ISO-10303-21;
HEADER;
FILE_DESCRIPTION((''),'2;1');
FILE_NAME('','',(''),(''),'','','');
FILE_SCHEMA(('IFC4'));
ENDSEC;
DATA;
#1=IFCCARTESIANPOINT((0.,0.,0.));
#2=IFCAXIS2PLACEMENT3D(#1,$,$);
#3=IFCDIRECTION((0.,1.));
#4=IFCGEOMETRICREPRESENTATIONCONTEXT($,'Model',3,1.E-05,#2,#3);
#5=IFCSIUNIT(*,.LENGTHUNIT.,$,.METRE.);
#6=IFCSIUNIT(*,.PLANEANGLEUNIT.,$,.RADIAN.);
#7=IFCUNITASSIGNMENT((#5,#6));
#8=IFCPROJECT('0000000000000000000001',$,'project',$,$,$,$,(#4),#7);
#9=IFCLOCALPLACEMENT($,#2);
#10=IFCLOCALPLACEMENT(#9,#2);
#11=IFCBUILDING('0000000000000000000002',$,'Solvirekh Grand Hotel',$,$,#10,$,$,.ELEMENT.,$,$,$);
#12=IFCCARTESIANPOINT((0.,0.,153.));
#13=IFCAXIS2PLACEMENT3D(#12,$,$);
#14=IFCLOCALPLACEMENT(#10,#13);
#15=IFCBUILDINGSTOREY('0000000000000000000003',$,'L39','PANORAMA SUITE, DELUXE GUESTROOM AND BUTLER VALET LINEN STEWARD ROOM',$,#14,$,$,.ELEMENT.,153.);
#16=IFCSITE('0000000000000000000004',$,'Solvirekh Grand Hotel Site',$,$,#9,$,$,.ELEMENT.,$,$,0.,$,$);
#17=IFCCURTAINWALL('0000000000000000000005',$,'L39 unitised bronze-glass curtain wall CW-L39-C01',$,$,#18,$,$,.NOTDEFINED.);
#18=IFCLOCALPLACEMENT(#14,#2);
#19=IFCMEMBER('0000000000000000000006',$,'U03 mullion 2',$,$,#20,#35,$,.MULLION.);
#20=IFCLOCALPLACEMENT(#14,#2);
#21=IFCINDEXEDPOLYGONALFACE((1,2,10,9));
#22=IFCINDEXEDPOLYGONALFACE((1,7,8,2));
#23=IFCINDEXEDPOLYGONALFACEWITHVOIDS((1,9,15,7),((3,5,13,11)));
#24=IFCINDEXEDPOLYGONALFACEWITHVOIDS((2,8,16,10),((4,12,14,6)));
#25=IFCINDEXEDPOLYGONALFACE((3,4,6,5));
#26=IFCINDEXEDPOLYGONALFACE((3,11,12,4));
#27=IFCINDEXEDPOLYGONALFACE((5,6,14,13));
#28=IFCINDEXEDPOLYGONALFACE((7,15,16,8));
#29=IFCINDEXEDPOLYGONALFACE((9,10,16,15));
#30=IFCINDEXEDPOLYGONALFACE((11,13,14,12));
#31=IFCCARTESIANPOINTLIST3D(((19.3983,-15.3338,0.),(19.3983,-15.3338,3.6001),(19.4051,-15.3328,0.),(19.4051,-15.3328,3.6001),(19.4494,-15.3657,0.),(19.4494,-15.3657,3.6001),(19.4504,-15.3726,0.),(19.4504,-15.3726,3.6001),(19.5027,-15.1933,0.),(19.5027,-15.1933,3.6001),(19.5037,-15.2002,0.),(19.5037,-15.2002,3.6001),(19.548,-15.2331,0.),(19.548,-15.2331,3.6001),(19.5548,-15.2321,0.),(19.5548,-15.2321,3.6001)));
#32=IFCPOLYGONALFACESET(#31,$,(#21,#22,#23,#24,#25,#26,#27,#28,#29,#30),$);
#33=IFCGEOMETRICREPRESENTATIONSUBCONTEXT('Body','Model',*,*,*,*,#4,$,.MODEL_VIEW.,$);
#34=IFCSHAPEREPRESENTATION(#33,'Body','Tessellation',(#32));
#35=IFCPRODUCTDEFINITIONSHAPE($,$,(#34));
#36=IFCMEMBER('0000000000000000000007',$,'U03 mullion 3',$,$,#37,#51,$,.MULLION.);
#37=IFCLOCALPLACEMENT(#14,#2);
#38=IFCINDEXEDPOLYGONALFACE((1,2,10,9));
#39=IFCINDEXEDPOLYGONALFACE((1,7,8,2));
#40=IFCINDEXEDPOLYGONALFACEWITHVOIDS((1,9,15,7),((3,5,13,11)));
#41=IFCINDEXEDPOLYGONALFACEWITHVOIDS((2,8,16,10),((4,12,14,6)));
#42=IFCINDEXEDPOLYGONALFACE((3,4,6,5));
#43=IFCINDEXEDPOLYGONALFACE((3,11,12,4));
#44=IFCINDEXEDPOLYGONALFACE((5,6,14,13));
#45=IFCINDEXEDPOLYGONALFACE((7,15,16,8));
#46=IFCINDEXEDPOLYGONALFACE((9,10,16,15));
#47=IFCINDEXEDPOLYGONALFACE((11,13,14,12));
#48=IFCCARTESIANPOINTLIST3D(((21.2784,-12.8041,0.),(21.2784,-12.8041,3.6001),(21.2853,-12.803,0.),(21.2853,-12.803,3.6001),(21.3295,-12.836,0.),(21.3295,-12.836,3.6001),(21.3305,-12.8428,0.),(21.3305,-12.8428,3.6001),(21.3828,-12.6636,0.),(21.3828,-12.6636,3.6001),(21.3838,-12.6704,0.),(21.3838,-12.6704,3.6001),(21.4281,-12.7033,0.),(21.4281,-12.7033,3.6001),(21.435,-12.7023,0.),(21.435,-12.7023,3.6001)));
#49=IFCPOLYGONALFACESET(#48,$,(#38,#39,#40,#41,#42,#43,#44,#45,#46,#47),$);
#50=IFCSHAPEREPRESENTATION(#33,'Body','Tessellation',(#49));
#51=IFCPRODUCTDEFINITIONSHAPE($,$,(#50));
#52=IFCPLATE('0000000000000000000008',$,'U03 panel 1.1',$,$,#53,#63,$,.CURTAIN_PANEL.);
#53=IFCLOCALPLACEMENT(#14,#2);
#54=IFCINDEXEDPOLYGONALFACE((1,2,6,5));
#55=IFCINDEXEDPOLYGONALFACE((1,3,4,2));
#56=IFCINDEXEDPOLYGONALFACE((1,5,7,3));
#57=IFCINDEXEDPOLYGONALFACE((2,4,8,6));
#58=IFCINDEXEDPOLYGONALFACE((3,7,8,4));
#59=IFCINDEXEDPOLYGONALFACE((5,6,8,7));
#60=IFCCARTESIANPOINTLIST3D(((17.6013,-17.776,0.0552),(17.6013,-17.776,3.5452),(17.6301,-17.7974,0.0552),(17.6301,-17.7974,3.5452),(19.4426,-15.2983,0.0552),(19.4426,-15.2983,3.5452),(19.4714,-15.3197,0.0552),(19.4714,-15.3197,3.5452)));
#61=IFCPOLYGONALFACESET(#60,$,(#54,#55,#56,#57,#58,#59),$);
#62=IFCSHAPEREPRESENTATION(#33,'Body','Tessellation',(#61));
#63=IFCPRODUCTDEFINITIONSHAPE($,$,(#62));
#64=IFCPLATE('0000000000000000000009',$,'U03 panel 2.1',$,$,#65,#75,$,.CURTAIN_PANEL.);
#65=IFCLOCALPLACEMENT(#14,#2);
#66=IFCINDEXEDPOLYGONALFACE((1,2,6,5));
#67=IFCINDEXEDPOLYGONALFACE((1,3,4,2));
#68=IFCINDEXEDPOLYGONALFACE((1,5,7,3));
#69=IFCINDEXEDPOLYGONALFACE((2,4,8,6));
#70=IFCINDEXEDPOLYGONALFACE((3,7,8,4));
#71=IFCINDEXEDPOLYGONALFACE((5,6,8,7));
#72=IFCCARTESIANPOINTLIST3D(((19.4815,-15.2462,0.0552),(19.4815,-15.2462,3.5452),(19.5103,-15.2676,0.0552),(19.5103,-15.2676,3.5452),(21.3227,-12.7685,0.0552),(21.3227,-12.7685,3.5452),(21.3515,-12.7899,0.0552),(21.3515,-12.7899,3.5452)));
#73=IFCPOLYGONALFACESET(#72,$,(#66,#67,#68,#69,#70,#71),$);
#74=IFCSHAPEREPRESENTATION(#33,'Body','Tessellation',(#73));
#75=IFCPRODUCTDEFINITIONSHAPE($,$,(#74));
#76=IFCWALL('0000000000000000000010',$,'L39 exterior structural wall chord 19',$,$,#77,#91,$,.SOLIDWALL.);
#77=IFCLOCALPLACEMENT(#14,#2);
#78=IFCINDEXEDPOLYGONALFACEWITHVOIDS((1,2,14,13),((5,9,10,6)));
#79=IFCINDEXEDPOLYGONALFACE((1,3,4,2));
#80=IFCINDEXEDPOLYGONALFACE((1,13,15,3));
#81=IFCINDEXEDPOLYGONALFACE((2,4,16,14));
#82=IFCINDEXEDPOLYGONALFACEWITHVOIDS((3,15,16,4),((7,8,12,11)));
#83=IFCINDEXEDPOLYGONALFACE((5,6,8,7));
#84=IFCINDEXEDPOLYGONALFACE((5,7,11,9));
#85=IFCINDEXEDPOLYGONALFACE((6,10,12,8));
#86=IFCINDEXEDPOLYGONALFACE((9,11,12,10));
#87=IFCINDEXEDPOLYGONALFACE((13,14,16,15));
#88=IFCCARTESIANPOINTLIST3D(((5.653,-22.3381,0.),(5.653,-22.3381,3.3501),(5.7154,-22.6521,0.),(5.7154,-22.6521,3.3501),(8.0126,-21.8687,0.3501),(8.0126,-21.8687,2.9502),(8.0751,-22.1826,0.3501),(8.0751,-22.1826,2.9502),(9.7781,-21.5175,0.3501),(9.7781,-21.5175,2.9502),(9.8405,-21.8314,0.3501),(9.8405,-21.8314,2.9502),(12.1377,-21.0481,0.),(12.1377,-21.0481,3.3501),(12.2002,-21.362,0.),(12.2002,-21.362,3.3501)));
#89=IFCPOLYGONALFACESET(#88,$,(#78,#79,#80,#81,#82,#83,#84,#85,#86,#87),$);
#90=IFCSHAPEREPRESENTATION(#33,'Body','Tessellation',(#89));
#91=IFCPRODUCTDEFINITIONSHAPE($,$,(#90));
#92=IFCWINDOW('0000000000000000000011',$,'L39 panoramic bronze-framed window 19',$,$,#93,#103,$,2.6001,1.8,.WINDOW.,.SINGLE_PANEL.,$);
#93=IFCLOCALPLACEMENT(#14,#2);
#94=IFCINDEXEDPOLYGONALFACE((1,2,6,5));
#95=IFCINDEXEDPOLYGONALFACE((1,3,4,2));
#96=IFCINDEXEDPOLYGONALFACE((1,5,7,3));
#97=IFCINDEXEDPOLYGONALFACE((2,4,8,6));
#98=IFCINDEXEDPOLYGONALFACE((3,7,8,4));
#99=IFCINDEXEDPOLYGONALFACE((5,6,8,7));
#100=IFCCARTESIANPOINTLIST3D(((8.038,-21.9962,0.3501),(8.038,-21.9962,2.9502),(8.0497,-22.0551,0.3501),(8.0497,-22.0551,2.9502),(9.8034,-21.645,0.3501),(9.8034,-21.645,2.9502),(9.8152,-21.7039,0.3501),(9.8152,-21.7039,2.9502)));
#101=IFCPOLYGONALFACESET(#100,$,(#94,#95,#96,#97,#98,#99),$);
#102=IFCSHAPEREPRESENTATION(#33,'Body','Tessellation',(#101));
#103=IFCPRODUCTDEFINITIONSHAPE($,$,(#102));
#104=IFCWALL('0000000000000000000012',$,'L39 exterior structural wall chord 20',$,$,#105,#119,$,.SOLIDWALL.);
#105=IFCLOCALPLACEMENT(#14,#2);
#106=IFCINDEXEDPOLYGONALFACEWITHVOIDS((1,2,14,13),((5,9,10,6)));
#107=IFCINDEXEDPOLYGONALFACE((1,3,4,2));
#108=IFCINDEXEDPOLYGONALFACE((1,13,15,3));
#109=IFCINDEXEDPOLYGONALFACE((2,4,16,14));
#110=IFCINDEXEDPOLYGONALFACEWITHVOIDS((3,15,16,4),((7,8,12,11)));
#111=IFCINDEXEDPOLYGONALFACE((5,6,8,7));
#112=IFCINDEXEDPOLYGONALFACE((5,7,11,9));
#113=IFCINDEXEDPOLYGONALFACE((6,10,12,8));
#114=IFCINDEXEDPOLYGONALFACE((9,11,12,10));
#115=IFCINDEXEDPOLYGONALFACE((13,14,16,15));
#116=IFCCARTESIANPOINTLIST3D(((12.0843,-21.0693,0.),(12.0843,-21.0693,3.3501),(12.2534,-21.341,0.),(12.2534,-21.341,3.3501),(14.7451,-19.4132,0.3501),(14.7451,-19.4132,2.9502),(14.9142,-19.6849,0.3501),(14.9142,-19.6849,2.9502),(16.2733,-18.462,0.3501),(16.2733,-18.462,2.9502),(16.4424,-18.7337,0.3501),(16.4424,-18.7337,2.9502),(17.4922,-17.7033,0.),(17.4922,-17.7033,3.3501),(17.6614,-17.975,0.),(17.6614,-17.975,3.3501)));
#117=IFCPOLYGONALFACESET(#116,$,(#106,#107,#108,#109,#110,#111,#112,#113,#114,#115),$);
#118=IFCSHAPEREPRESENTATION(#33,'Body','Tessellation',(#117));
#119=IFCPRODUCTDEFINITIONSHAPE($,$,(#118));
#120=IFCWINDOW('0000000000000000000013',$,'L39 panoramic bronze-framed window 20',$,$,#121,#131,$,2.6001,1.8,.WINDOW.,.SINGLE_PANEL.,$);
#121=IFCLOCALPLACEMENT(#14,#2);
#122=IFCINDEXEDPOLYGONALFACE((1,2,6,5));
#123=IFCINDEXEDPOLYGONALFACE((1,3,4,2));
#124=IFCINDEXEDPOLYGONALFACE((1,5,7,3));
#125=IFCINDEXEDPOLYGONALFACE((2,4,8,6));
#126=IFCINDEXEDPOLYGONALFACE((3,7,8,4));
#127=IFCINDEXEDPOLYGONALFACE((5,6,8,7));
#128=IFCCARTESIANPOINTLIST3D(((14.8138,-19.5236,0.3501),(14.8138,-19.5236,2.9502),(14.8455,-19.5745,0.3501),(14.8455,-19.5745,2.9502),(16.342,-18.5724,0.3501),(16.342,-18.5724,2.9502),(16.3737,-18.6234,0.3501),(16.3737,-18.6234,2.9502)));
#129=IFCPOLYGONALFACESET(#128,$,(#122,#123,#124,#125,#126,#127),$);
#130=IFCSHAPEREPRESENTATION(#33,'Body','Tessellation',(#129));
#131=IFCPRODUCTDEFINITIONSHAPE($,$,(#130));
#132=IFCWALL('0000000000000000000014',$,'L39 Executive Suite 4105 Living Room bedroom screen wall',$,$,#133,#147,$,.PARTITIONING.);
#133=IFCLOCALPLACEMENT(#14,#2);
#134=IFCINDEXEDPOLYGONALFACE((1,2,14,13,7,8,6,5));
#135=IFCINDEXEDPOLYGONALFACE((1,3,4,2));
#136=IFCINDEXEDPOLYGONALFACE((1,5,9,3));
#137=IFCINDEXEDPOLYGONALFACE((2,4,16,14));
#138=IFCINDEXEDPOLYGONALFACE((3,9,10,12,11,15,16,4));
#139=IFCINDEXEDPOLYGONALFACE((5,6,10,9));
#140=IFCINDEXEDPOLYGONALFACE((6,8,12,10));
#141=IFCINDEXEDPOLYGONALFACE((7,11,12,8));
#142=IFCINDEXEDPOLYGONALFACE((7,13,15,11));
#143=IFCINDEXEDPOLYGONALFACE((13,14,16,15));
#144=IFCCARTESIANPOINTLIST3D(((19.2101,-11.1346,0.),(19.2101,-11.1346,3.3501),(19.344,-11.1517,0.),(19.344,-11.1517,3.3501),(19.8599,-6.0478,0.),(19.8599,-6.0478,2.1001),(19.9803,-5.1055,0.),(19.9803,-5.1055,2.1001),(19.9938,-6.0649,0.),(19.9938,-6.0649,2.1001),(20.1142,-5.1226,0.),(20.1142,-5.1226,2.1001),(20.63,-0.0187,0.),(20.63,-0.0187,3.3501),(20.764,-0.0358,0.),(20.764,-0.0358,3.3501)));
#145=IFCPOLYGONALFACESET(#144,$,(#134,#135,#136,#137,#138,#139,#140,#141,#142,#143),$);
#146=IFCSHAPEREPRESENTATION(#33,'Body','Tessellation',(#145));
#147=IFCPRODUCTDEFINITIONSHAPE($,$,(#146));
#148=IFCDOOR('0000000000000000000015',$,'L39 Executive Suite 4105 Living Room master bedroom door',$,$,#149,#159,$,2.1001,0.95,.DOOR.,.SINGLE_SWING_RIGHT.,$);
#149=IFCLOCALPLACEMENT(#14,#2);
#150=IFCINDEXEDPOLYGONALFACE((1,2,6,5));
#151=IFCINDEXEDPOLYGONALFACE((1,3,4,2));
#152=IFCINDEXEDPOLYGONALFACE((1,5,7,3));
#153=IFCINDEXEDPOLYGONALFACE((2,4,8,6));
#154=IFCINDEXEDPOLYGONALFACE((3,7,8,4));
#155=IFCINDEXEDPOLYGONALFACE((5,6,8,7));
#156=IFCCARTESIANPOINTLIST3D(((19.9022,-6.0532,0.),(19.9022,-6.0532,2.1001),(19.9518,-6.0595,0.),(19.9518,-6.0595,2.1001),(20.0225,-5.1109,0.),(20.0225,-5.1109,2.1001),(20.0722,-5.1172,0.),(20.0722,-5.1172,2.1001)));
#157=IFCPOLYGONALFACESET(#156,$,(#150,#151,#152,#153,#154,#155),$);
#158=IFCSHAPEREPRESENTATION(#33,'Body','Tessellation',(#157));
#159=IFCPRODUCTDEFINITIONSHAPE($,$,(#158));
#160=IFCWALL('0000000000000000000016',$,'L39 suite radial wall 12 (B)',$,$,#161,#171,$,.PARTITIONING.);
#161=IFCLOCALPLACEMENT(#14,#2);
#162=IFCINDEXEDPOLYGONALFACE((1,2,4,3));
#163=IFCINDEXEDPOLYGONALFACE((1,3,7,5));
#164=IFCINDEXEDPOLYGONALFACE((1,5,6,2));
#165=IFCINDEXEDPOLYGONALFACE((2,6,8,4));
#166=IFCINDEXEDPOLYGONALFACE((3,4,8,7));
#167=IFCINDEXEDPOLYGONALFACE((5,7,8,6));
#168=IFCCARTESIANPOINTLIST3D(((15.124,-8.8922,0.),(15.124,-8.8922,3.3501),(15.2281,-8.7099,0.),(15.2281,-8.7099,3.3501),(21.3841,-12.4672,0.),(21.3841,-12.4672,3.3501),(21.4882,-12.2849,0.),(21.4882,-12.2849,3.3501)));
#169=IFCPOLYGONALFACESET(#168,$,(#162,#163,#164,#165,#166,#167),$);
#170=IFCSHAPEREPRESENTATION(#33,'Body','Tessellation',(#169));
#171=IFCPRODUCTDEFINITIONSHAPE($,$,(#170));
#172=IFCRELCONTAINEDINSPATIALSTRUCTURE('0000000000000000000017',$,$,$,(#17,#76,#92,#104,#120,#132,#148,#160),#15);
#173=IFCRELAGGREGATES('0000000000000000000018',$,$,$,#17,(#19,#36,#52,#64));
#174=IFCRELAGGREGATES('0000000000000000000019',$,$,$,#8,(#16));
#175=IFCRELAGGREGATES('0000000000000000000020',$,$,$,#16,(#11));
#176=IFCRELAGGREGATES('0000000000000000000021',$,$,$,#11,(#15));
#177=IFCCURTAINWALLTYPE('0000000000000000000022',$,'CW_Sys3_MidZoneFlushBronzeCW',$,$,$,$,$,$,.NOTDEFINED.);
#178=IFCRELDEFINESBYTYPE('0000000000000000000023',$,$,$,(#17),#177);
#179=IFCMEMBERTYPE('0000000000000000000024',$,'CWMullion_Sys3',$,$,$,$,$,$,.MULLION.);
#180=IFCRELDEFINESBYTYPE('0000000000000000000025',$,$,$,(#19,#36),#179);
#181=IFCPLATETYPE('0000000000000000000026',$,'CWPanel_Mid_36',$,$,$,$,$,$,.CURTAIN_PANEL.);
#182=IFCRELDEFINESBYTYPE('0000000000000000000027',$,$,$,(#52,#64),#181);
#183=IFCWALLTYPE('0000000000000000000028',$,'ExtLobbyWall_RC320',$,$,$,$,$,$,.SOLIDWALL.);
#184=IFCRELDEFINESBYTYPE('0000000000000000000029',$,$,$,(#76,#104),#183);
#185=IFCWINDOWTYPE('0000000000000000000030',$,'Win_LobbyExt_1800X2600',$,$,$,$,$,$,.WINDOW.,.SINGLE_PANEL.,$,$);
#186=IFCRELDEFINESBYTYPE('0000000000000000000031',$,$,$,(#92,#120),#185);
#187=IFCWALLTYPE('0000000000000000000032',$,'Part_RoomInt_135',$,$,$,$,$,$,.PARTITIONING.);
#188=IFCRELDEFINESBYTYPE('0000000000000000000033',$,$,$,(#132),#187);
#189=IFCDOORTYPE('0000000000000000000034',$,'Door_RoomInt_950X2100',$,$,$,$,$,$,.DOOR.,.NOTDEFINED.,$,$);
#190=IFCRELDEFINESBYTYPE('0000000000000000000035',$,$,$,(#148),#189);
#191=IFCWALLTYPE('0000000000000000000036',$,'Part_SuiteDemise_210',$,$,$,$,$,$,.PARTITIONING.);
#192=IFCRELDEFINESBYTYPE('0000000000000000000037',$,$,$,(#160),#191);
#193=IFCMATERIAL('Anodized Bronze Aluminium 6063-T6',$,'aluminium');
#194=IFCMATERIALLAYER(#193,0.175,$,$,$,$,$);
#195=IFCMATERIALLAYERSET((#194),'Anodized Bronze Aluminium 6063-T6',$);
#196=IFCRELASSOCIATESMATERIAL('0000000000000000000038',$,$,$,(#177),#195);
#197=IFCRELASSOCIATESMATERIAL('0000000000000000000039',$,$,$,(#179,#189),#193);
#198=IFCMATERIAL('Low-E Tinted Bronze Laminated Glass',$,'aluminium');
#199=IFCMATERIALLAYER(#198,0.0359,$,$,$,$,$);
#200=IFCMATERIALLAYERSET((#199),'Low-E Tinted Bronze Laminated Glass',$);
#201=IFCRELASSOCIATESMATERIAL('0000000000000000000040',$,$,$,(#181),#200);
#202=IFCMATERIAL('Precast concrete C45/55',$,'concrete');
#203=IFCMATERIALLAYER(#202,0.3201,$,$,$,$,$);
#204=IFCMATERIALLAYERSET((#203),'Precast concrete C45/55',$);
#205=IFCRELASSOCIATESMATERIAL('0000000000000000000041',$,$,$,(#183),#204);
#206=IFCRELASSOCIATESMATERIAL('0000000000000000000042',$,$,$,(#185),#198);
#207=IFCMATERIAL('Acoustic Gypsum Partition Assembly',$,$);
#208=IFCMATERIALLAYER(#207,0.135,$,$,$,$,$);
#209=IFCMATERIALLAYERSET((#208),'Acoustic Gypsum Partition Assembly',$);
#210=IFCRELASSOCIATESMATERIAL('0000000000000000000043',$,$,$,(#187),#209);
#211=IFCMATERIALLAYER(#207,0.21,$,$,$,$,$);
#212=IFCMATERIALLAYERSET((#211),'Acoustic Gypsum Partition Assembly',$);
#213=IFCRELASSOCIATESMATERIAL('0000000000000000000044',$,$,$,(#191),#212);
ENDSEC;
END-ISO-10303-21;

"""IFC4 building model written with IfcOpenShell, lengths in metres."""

from ifc_helpers import new_model, si_unit, direction, frame, frame_2d, origin, origin_2d, place, context, subcontext, project, spatial, rectangle, hollow_rectangle, extrude, source, transform, mapped, material, layer, layer_set, material_profile, profile_set, type_object, element, fill, aggregate, save


model = new_model("IFC4")

# Units and contexts
model_context = context("Model", 3, precision=1e-05, world=origin(), true_north=direction((0.0, 1.0)))
body_context = subcontext(model_context, "Body", "Model", "MODEL_VIEW")
ifc_project = project(units=[si_unit("LENGTHUNIT", "METRE"), si_unit("PLANEANGLEUNIT", "RADIAN")], contexts=[model_context])

# Site, building, storey
site_placement = place(None, origin())
site = spatial("IfcSite", under=ifc_project, at=site_placement, Name="Solvirekh Grand Hotel Site", CompositionType="ELEMENT", RefElevation=0.0)
building_placement = place(site_placement, origin())
building = spatial("IfcBuilding", under=site, at=building_placement, Name="Solvirekh Grand Hotel", CompositionType="ELEMENT")
storey_placement = place(building_placement, frame((0.0, 0.0, 153.0)))
storey = spatial("IfcBuildingStorey", under=building, at=storey_placement, Name="L39", Description="PANORAMA SUITE, DELUXE GUESTROOM AND BUTLER VALET LINEN STEWARD ROOM", CompositionType="ELEMENT", Elevation=153.0)

# Curtain wall, members, plates
ifc_material_1 = material(Name="Anodized Bronze Aluminium 6063-T6", Category="aluminium")
ifc_layer_1 = layer(ifc_material_1, 0.175)
ifc_layer_set_1 = layer_set([ifc_layer_1], Name="Anodized Bronze Aluminium 6063-T6")
curtain_wall_type = type_object("IfcCurtainWallType", Name="CW_Sys3_MidZoneFlushBronzeCW", PredefinedType="NOTDEFINED", material=ifc_layer_set_1)
curtain_wall_placement = place(storey_placement, origin())
curtain_wall = element("IfcCurtainWall", 1, at=curtain_wall_placement, inside=storey, type_object=curtain_wall_type, Name="L39 unitised bronze-glass curtain wall CW-L39-C01", PredefinedType="NOTDEFINED")
ifc_material_profile_1 = material_profile(ifc_material_1, hollow_rectangle(XDim=0.0649, YDim=0.175, WallThickness=0.0049, at=origin_2d()), Name="ALU RHS 175X65X5")
ifc_profile_set_1 = profile_set([ifc_material_profile_1], Name="Anodized Bronze Aluminium 6063-T6")
member_type_1 = type_object("IfcMemberType", Name="CWMullion_Sys3", PredefinedType="MULLION", material=ifc_profile_set_1)
shared_shape_1 = source(origin(), body_context, "Body", "SweptSolid", [
    extrude(hollow_rectangle(XDim=0.0649, YDim=0.175, WallThickness=0.0049, at=origin_2d()), origin(), (0.0, 0.0, 1.0), 3.6001),
])
member_1_placement = place(storey_placement, frame((19.4766, -15.283, 0.0), z_axis=(0.0, 0.0, 1.0), x_axis=(-0.80263, 0.596477, 0.0)))
member_1 = element("IfcMember", 2, at=member_1_placement, type_object=member_type_1, Name="U03 mullion 2", PredefinedType="MULLION", context=body_context, shape_type="MappedRepresentation", body=[
    mapped(shared_shape_1, transform((0.0, 0.0, 0.0), x_axis=(1.0, 0.0, 0.0), y_axis=(0.0, 1.0, 0.0), z_axis=(0.0, 0.0, 1.0), scale=1.0)),
])
member_2_placement = place(storey_placement, frame((21.3567, -12.7532, 0.0), z_axis=(0.0, 0.0, 1.0), x_axis=(-0.80263, 0.596477, 0.0)))
member_2 = element("IfcMember", 3, at=member_2_placement, type_object=member_type_1, Name="U03 mullion 3", PredefinedType="MULLION", context=body_context, shape_type="MappedRepresentation", body=[
    mapped(shared_shape_1, transform((0.0, 0.0, 0.0), x_axis=(1.0, 0.0, 0.0), y_axis=(0.0, 1.0, 0.0), z_axis=(0.0, 0.0, 1.0), scale=1.0)),
])
ifc_material_2 = material(Name="Low-E Tinted Bronze Laminated Glass", Category="aluminium")
ifc_layer_2 = layer(ifc_material_2, 0.0359)
ifc_layer_set_2 = layer_set([ifc_layer_2], Name="Low-E Tinted Bronze Laminated Glass")
plate_type = type_object("IfcPlateType", Name="CWPanel_Mid_36", PredefinedType="CURTAIN_PANEL", material=ifc_layer_set_2)
shared_shape_2 = source(origin(), body_context, "Body", "SweptSolid", [
    extrude(rectangle(XDim=3.0869, YDim=0.0359, at=origin_2d()), origin(), (0.0, 0.0, 1.0), 3.49),
])
plate_1_placement = place(storey_placement, frame((18.5364, -16.5479, 0.0552), z_axis=(0.0, 0.0, 1.0), x_axis=(0.596477, 0.80263, 0.0)))
plate_1 = element("IfcPlate", 4, at=plate_1_placement, type_object=plate_type, Name="U03 panel 1.1", PredefinedType="CURTAIN_PANEL", context=body_context, shape_type="MappedRepresentation", body=[
    mapped(shared_shape_2, transform((0.0, 0.0, 0.0), x_axis=(1.0, 0.0, 0.0), y_axis=(0.0, 1.0, 0.0), z_axis=(0.0, 0.0, 1.0), scale=1.0)),
])
plate_2_placement = place(storey_placement, frame((20.4165, -14.0181, 0.0552), z_axis=(0.0, 0.0, 1.0), x_axis=(0.596477, 0.80263, 0.0)))
plate_2 = element("IfcPlate", 5, at=plate_2_placement, type_object=plate_type, Name="U03 panel 2.1", PredefinedType="CURTAIN_PANEL", context=body_context, shape_type="MappedRepresentation", body=[
    mapped(shared_shape_2, transform((0.0, 0.0, 0.0), x_axis=(1.0, 0.0, 0.0), y_axis=(0.0, 1.0, 0.0), z_axis=(0.0, 0.0, 1.0), scale=1.0)),
])
aggregate(curtain_wall, [member_1, member_2, plate_1, plate_2])

# Walls, openings, windows
ifc_material_3 = material(Name="Precast concrete C45/55", Category="concrete")
ifc_layer_3 = layer(ifc_material_3, 0.3201)
ifc_layer_set_3 = layer_set([ifc_layer_3], Name="Precast concrete C45/55")
wall_type_1 = type_object("IfcWallType", Name="ExtLobbyWall_RC320", PredefinedType="SOLIDWALL", material=ifc_layer_set_3)
wall_1_placement = place(storey_placement, frame((12.1689, -21.2051, 0.0), z_axis=(0.0, 0.0, 1.0), x_axis=(-0.980782, -0.195108, 0.0)))
wall_1 = element("IfcWall", 6, at=wall_1_placement, inside=storey, type_object=wall_type_1, Name="L39 exterior structural wall chord 19", PredefinedType="SOLIDWALL", context=body_context, shape_type="SweptSolid", body=[
    extrude(rectangle(XDim=6.6118, YDim=0.3201, at=frame_2d((3.3059, 0.0))), origin(), (0.0, 0.0, 1.0), 3.3501),
])
opening_1_placement = place(wall_1_placement, frame((2.406, 0.0, 0.3501)))
opening_1 = element("IfcOpeningElement", 7, at=opening_1_placement, cuts=wall_1, PredefinedType="OPENING", context=body_context, shape_type="SweptSolid", body=[
    extrude(rectangle(XDim=1.8, YDim=2.6001, at=frame_2d((0.8999, 1.3))), frame((0.0, 0.1699, 0.0), z_axis=(0.0, -1.0, 0.0), x_axis=(1.0, 0.0, 0.0)), (0.0, 0.0, 1.0), 0.3401),
])
window_type = type_object("IfcWindowType", Name="Win_LobbyExt_1800X2600", PartitioningType="SINGLE_PANEL", PredefinedType="WINDOW", material=ifc_material_2)
window_1_placement = place(opening_1_placement, origin())
window_1 = element("IfcWindow", 8, at=window_1_placement, inside=storey, type_object=window_type, Name="L39 panoramic bronze-framed window 19", OverallHeight=2.6001, OverallWidth=1.8, PartitioningType="SINGLE_PANEL", PredefinedType="WINDOW", context=body_context, shape_type="SweptSolid", body=[
    extrude(rectangle(XDim=1.8, YDim=2.6001, at=frame_2d((0.8999, 1.3))), frame((0.0, 0.03, 0.0), z_axis=(0.0, -1.0, 0.0), x_axis=(1.0, 0.0, 0.0)), (0.0, 0.0, 1.0), 0.0601),
])
fill(opening_1, window_1)
wall_2_placement = place(storey_placement, frame((17.5769, -17.8391, 0.0), z_axis=(0.0, 0.0, 1.0), x_axis=(-0.848985, -0.528417, 0.0)))
wall_2 = element("IfcWall", 9, at=wall_2_placement, inside=storey, type_object=wall_type_1, Name="L39 exterior structural wall chord 20", PredefinedType="SOLIDWALL", context=body_context, shape_type="SweptSolid", body=[
    extrude(rectangle(XDim=6.3699, YDim=0.3201, at=frame_2d((3.1851, 0.0))), origin(), (0.0, 0.0, 1.0), 3.3501),
])
opening_2_placement = place(wall_2_placement, frame((1.436, 0.0, 0.3501)))
opening_2 = element("IfcOpeningElement", 10, at=opening_2_placement, cuts=wall_2, PredefinedType="OPENING", context=body_context, shape_type="SweptSolid", body=[
    extrude(rectangle(XDim=1.8, YDim=2.6001, at=frame_2d((0.8999, 1.3))), frame((0.0, 0.1699, 0.0), z_axis=(0.0, -1.0, 0.0), x_axis=(1.0, 0.0, 0.0)), (0.0, 0.0, 1.0), 0.3401),
])
window_2_placement = place(opening_2_placement, origin())
window_2 = element("IfcWindow", 11, at=window_2_placement, inside=storey, type_object=window_type, Name="L39 panoramic bronze-framed window 20", OverallHeight=2.6001, OverallWidth=1.8, PartitioningType="SINGLE_PANEL", PredefinedType="WINDOW", context=body_context, shape_type="SweptSolid", body=[
    extrude(rectangle(XDim=1.8, YDim=2.6001, at=frame_2d((0.8999, 1.3))), frame((0.0, 0.03, 0.0), z_axis=(0.0, -1.0, 0.0), x_axis=(1.0, 0.0, 0.0)), (0.0, 0.0, 1.0), 0.0601),
])
fill(opening_2, window_2)

# Wall, opening, door
ifc_material_4 = material(Name="Acoustic Gypsum Partition Assembly")
ifc_layer_4 = layer(ifc_material_4, 0.135)
ifc_layer_set_4 = layer_set([ifc_layer_4], Name="Acoustic Gypsum Partition Assembly")
wall_type_2 = type_object("IfcWallType", Name="Part_RoomInt_135", PredefinedType="PARTITIONING", material=ifc_layer_set_4)
wall_3_placement = place(storey_placement, frame((19.2771, -11.1431, 0.0), z_axis=(0.0, 0.0, 1.0), x_axis=(0.126708, 0.99194, 0.0)))
wall_3 = element("IfcWall", 12, at=wall_3_placement, inside=storey, type_object=wall_type_2, Name="L39 Executive Suite 4105 Living Room bedroom screen wall", PredefinedType="PARTITIONING", context=body_context, shape_type="SweptSolid", body=[
    extrude(rectangle(XDim=11.2063, YDim=0.135, at=frame_2d((5.603, 0.0))), origin(), (0.0, 0.0, 1.0), 3.3501),
])
opening_3_placement = place(wall_3_placement, frame((5.1279, 0.0, 0.0)))
opening_3 = element("IfcOpeningElement", 13, at=opening_3_placement, cuts=wall_3, PredefinedType="OPENING", context=body_context, shape_type="SweptSolid", body=[
    extrude(rectangle(XDim=0.95, YDim=2.1001, at=frame_2d((0.4751, 1.05))), frame((0.0, 0.0776, 0.0), z_axis=(0.0, -1.0, 0.0), x_axis=(1.0, 0.0, 0.0)), (0.0, 0.0, 1.0), 0.155),
])
door_type = type_object("IfcDoorType", Name="Door_RoomInt_950X2100", OperationType="NOTDEFINED", PredefinedType="DOOR", material=ifc_material_1)
door_placement = place(opening_3_placement, origin())
door = element("IfcDoor", 14, at=door_placement, inside=storey, type_object=door_type, Name="L39 Executive Suite 4105 Living Room master bedroom door", OperationType="SINGLE_SWING_RIGHT", OverallHeight=2.1001, OverallWidth=0.95, PredefinedType="DOOR", context=body_context, shape_type="SweptSolid", body=[
    extrude(rectangle(XDim=0.95, YDim=2.1001, at=frame_2d((0.4751, 1.05))), frame((0.0, 0.0249, 0.0), z_axis=(0.0, -1.0, 0.0), x_axis=(1.0, 0.0, 0.0)), (0.0, 0.0, 1.0), 0.05),
])
fill(opening_3, door)

# Wall
ifc_layer_5 = layer(ifc_material_4, 0.21)
ifc_layer_set_5 = layer_set([ifc_layer_5], Name="Acoustic Gypsum Partition Assembly")
wall_type_3 = type_object("IfcWallType", Name="Part_SuiteDemise_210", PredefinedType="PARTITIONING", material=ifc_layer_set_5)
wall_4_placement = place(storey_placement, frame((15.176, -8.801, 0.0), z_axis=(0.0, 0.0, 1.0), x_axis=(0.868374, -0.495909, 0.0)))
element("IfcWall", 15, at=wall_4_placement, inside=storey, type_object=wall_type_3, Name="L39 suite radial wall 12 (B)", PredefinedType="PARTITIONING", context=body_context, shape_type="SweptSolid", body=[
    extrude(rectangle(XDim=7.209, YDim=0.21, at=frame_2d((3.6045, 0.0))), origin(), (0.0, 0.0, 1.0), 3.3501),
])

save(model, "model.ifc")
